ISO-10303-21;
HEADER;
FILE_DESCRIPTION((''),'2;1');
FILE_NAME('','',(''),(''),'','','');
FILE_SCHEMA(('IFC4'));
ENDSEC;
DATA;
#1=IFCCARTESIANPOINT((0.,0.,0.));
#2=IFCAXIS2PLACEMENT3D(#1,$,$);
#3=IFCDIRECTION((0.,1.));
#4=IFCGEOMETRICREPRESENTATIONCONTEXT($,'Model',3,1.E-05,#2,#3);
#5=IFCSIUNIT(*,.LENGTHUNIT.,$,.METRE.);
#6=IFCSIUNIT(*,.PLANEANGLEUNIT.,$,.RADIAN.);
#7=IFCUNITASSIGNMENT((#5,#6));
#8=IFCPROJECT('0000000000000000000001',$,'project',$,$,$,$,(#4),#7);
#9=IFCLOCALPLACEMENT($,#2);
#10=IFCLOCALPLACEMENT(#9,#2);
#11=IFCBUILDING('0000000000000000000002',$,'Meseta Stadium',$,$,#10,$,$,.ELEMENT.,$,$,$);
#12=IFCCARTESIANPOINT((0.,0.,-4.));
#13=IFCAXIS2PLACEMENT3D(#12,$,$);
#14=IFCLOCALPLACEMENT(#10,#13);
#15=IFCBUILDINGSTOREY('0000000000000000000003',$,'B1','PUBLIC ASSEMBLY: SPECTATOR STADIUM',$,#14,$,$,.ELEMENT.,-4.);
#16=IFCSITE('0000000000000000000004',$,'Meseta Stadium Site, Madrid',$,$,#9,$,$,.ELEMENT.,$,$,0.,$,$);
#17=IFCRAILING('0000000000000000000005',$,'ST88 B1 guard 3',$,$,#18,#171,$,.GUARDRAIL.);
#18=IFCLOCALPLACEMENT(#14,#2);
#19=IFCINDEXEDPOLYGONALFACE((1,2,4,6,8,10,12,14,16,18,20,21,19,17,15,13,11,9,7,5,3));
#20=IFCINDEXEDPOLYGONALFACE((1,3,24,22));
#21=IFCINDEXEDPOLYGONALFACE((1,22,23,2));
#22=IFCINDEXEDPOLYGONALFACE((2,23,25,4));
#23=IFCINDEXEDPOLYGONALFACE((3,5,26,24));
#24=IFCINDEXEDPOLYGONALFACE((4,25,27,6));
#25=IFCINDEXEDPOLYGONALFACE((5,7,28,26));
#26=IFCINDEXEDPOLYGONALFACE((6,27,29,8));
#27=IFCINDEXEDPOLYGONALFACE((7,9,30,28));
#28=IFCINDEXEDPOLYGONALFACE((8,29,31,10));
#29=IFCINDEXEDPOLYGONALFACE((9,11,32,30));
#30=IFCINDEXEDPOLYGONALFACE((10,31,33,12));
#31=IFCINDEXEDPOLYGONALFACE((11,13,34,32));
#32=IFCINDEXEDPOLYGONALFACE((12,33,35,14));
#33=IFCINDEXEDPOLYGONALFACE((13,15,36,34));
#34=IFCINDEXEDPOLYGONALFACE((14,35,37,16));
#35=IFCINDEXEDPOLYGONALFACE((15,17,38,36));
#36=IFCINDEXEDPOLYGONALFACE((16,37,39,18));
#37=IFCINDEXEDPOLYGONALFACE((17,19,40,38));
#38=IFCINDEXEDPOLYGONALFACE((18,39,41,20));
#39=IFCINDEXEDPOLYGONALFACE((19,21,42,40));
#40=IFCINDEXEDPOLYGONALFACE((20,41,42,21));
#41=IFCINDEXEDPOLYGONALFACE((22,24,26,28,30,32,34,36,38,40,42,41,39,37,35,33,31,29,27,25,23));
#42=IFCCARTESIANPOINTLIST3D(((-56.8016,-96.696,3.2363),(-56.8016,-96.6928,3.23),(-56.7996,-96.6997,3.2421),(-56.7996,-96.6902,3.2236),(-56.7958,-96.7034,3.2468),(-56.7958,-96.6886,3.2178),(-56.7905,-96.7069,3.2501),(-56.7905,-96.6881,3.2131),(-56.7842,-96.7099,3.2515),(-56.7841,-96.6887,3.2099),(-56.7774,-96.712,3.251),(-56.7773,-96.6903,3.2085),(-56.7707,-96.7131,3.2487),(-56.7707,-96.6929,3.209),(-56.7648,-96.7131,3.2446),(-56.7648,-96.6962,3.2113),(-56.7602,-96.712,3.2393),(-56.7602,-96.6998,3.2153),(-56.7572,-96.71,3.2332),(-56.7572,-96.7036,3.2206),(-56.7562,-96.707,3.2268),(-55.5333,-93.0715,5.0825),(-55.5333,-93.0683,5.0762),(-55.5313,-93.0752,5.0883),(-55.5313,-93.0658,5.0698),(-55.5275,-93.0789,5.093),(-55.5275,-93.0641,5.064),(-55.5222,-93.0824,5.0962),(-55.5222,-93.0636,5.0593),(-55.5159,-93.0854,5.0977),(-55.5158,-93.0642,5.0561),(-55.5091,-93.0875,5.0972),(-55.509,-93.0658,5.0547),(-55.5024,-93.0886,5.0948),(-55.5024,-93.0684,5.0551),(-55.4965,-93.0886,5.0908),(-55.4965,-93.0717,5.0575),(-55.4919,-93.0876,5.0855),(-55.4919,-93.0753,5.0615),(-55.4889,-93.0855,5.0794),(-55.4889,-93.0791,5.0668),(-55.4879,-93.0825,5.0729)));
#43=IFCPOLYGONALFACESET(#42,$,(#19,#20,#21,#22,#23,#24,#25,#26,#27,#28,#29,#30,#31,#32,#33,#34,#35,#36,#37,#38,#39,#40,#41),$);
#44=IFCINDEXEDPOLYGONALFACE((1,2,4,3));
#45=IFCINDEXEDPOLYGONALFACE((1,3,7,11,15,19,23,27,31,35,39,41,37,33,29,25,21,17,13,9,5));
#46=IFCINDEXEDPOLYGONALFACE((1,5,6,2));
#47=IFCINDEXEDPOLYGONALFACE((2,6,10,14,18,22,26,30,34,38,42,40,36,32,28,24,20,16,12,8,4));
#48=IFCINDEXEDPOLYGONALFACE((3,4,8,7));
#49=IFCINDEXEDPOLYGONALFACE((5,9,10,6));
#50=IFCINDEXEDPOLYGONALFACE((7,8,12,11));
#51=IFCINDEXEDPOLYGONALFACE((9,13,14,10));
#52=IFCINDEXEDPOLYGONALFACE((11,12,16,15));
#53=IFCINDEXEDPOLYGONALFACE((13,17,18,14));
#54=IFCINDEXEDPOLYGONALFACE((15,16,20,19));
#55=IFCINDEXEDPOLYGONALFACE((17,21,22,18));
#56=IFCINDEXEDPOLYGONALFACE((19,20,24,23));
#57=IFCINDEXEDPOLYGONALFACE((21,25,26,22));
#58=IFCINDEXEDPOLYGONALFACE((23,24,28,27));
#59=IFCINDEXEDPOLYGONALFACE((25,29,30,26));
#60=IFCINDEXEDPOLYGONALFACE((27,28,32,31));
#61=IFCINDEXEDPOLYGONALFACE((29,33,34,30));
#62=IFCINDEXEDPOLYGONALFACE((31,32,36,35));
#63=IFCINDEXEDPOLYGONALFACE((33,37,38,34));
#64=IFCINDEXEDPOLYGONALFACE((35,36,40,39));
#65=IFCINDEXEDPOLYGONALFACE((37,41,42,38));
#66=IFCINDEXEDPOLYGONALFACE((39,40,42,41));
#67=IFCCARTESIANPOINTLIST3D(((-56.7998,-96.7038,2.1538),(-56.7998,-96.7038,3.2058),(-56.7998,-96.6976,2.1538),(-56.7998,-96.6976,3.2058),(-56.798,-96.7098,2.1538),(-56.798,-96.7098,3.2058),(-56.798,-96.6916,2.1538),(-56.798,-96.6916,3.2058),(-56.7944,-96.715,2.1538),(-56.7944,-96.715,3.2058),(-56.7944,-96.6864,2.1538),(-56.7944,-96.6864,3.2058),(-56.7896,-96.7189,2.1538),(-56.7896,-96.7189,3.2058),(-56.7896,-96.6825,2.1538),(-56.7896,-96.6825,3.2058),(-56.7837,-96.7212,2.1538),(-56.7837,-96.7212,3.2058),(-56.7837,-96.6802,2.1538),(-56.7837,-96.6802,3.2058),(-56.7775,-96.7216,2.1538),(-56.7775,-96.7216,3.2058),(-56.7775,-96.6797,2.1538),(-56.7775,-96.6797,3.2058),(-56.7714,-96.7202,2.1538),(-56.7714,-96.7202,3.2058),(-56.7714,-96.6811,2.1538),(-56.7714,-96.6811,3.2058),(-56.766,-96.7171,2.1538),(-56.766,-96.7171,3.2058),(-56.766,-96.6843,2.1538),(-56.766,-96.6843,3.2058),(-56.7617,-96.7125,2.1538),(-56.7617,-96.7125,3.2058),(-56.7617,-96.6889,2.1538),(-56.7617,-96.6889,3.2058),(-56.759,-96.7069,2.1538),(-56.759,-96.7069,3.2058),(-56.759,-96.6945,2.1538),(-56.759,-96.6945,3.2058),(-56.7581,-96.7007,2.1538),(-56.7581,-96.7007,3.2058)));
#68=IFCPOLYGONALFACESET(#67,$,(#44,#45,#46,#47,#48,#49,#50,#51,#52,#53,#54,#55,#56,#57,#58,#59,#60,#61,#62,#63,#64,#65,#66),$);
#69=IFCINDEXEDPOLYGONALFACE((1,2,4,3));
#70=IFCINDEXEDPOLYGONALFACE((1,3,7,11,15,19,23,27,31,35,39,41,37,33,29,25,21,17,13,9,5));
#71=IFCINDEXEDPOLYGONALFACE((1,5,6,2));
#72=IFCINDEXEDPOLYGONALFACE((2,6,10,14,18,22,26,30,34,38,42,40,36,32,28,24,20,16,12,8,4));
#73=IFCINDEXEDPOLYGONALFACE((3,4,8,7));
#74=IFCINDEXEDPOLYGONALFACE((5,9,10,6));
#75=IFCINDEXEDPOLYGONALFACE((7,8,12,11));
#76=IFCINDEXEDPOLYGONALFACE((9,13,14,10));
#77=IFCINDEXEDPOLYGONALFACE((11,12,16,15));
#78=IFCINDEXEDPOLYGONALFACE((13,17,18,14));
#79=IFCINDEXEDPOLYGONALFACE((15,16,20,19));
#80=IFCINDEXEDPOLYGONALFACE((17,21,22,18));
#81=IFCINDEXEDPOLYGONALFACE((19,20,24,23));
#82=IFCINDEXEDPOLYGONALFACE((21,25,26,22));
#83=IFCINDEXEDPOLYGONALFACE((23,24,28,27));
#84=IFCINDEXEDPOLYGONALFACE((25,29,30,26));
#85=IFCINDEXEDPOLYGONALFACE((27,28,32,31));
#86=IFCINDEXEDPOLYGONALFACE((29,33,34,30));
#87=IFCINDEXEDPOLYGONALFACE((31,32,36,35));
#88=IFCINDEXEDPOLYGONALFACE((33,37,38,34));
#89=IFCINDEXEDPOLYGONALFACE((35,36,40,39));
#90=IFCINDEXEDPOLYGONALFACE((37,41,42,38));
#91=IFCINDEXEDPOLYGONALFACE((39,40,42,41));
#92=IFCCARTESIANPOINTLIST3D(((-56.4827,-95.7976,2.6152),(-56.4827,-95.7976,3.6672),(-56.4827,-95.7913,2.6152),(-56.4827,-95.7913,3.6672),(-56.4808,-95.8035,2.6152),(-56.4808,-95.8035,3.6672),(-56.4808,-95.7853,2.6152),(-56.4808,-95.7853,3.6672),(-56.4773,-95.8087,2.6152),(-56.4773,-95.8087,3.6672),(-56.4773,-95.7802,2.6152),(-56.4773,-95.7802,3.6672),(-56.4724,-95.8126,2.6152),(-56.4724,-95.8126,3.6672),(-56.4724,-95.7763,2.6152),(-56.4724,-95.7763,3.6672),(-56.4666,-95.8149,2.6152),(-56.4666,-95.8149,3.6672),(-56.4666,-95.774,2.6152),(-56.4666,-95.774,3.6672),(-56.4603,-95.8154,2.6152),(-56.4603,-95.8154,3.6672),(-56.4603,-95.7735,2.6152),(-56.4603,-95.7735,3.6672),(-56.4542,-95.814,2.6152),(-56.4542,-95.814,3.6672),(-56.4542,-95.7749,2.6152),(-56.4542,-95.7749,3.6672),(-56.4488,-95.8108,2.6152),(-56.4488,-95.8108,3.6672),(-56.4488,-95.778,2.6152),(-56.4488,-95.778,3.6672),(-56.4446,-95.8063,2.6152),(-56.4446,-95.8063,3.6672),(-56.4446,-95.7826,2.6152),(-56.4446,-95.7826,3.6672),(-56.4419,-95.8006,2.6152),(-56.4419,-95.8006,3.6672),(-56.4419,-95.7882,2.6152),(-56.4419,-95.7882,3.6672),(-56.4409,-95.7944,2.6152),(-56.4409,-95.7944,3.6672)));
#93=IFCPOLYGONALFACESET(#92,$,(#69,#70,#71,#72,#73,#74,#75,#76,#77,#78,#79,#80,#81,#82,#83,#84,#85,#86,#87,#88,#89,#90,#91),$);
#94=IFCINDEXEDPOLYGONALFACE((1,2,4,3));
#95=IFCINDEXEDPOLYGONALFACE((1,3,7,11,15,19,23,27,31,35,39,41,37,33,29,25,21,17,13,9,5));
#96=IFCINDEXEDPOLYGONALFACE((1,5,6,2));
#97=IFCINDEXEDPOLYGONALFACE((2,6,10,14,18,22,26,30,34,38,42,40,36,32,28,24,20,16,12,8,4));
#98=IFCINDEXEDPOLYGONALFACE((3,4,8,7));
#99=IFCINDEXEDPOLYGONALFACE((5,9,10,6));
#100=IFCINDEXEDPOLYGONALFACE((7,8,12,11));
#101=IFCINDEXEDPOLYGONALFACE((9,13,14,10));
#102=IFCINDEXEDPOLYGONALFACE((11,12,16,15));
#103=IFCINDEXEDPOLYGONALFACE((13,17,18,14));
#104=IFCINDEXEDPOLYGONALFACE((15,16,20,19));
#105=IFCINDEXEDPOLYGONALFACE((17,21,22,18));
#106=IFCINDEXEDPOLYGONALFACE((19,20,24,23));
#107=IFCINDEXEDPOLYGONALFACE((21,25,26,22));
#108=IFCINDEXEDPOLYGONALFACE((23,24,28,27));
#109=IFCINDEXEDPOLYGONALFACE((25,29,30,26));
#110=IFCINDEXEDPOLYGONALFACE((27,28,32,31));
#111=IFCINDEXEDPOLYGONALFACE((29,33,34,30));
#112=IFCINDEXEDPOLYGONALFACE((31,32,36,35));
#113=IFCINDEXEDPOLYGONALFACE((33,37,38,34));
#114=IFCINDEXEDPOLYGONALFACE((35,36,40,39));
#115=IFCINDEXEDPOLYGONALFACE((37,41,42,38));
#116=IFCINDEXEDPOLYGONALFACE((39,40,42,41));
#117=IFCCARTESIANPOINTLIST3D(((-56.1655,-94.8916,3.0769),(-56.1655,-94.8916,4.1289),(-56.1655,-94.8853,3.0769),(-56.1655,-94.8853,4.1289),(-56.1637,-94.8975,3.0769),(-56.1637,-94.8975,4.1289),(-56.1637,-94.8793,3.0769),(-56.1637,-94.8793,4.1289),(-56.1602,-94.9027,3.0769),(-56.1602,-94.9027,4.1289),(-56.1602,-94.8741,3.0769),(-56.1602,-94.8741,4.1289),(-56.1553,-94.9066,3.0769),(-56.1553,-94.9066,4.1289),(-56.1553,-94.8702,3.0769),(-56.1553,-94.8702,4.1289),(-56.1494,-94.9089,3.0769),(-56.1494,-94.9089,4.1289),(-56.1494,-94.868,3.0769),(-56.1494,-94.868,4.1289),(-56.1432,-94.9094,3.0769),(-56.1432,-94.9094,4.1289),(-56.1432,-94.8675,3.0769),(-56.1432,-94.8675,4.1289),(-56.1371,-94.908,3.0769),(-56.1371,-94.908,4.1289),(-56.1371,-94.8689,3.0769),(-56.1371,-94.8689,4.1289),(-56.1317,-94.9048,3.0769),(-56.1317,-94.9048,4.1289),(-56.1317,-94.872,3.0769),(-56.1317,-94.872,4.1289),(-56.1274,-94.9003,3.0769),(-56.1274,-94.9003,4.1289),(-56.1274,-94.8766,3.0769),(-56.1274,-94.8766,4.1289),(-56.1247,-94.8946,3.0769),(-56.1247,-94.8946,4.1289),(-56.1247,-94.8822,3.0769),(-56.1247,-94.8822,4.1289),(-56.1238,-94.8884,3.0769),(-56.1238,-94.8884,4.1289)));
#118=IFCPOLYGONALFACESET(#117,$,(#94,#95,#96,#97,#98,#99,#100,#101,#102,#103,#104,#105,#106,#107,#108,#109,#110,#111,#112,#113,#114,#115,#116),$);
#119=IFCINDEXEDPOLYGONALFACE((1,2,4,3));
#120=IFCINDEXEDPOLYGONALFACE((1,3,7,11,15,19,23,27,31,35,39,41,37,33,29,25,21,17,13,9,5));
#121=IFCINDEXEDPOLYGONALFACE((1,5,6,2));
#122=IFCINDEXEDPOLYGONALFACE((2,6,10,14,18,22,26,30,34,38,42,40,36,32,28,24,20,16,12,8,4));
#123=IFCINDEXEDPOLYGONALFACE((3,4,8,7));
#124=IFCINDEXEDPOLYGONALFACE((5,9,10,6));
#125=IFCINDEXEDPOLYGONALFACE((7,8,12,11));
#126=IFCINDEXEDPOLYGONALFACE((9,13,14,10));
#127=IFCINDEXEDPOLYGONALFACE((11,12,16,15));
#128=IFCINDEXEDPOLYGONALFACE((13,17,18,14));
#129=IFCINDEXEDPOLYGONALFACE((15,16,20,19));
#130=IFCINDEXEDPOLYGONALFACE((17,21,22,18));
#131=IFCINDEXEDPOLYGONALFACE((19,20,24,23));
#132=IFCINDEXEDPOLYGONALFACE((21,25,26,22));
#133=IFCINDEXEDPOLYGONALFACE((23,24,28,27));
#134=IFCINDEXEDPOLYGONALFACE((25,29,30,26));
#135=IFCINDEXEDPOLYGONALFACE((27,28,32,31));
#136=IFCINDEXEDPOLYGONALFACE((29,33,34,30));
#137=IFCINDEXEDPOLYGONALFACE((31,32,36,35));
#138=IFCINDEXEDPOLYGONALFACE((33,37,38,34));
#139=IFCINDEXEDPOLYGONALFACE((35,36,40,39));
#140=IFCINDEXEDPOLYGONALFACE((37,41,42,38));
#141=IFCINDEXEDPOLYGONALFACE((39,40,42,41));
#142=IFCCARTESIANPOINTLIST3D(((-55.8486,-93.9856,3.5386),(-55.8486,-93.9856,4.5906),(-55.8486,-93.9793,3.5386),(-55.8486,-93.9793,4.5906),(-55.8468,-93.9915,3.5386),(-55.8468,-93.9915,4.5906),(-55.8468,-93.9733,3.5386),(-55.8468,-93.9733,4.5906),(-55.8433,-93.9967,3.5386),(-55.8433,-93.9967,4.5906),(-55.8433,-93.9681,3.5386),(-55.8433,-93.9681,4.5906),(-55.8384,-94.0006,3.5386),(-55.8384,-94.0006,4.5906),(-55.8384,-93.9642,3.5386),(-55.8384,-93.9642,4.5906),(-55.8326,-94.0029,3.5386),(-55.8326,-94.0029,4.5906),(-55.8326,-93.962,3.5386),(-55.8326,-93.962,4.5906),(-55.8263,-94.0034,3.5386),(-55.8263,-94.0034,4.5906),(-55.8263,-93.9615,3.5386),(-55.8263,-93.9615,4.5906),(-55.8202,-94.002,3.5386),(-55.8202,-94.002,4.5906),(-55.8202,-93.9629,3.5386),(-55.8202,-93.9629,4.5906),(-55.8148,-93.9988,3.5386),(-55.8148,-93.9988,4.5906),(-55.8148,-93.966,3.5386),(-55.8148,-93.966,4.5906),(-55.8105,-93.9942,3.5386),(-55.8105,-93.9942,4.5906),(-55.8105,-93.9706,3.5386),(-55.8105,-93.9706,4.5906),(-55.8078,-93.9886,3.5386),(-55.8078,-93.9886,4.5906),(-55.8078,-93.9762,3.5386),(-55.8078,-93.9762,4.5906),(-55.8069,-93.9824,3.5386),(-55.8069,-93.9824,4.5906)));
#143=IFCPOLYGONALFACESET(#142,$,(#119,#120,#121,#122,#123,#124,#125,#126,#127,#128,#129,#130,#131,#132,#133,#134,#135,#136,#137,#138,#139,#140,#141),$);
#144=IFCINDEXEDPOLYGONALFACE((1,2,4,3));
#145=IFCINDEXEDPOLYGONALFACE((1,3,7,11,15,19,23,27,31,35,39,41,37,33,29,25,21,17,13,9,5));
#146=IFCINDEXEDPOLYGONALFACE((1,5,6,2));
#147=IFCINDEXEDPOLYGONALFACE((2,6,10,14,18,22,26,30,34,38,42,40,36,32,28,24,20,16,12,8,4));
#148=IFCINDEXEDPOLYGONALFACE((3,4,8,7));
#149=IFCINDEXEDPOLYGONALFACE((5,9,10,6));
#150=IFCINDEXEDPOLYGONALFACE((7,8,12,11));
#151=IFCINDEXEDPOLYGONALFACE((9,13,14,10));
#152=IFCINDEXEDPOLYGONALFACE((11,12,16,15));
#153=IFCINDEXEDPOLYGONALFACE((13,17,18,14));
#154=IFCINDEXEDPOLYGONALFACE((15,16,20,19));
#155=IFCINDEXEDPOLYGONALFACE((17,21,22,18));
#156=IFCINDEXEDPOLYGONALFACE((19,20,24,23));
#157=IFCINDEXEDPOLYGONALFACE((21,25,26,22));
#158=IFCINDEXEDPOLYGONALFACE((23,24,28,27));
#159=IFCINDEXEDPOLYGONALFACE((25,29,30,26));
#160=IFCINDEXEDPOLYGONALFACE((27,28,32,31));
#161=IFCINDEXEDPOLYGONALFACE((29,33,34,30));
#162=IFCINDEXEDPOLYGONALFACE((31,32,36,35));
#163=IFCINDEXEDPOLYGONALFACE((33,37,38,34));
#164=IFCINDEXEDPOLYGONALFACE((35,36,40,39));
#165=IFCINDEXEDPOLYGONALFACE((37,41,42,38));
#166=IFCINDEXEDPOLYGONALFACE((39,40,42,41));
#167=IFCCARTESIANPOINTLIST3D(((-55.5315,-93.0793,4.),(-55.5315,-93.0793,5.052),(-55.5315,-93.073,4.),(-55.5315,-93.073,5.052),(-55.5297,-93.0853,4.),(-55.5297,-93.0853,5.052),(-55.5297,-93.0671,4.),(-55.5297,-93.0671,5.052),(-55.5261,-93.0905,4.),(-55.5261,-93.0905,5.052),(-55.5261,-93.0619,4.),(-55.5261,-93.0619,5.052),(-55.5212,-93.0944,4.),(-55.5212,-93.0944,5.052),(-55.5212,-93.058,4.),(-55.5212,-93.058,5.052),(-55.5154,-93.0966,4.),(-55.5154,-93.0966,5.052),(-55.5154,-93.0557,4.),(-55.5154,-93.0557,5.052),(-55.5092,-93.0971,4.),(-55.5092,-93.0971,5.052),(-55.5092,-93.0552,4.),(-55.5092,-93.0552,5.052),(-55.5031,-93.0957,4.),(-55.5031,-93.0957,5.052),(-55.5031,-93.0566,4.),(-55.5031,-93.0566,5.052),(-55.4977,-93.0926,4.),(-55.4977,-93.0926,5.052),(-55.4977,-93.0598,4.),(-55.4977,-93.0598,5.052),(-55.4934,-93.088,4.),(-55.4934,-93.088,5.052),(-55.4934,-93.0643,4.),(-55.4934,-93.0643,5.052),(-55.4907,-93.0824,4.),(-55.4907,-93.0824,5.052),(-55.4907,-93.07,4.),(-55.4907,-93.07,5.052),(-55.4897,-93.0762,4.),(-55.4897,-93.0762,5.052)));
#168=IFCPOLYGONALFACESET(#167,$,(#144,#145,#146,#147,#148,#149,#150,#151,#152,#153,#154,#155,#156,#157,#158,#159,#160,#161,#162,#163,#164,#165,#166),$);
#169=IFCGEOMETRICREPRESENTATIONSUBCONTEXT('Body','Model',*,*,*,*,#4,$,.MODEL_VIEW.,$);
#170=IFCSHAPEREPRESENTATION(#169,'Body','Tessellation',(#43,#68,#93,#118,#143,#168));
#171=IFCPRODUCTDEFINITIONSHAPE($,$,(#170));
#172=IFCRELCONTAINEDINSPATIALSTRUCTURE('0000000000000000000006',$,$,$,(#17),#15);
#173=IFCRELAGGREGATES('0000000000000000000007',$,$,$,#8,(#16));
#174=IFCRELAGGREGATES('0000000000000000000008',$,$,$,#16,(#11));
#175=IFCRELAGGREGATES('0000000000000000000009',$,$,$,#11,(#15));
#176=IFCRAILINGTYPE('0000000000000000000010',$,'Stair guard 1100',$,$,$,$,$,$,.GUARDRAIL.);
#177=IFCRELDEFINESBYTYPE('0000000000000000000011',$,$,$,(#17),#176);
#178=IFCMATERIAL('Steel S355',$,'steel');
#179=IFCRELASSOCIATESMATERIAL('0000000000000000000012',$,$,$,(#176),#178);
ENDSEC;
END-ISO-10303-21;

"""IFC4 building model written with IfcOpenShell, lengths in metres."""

from ifc_helpers import new_model, si_unit, direction, frame, origin, origin_2d, place, context, subcontext, project, spatial, circle, extrude, material, type_object, element, save


model = new_model("IFC4")

# Units and contexts
model_context = context("Model", 3, precision=1e-05, world=origin(), true_north=direction((0.0, 1.0)))
body_context = subcontext(model_context, "Body", "Model", "MODEL_VIEW")
ifc_project = project(units=[si_unit("LENGTHUNIT", "METRE"), si_unit("PLANEANGLEUNIT", "RADIAN")], contexts=[model_context])

# Site, building, storey
site_placement = place(None, origin())
site = spatial("IfcSite", under=ifc_project, at=site_placement, Name="Meseta Stadium Site, Madrid", CompositionType="ELEMENT", RefElevation=0.0)
building_placement = place(site_placement, origin())
building = spatial("IfcBuilding", under=site, at=building_placement, Name="Meseta Stadium", CompositionType="ELEMENT")
storey_placement = place(building_placement, frame((0.0, 0.0, -4.0)))
storey = spatial("IfcBuildingStorey", under=building, at=storey_placement, Name="B1", Description="PUBLIC ASSEMBLY: SPECTATOR STADIUM", CompositionType="ELEMENT", Elevation=-4.0)

# Railing
ifc_material_1 = material(Name="Steel S355", Category="steel")
railing_type_1 = type_object("IfcRailingType", Name="Stair guard 1100", PredefinedType="GUARDRAIL", material=ifc_material_1)
railing_1_placement = place(storey_placement, frame((-56.7791, -96.7007, 2.1538)))
element("IfcRailing", 1, at=railing_1_placement, inside=storey, type_object=railing_type_1, Name="ST88 B1 guard 3", PredefinedType="GUARDRAIL", context=body_context, shape_type="SweptSolid", body=[
    extrude(circle(Radius=0.0239, at=origin_2d()), frame((0.0, 0.0, 1.0762), z_axis=(0.297672, 0.850672, 0.4333), x_axis=(-0.94388, 0.330288, 0.0)), (0.0, 0.0, 1.0), 4.2607),
    extrude(circle(Radius=0.021, at=origin_2d()), origin(), (0.0, 0.0, 1.0), 1.052),
    extrude(circle(Radius=0.021, at=origin_2d()), frame((0.3171, 0.9062, 0.4614)), (0.0, 0.0, 1.0), 1.052),
    extrude(circle(Radius=0.021, at=origin_2d()), frame((0.6343, 1.8123, 0.9231)), (0.0, 0.0, 1.0), 1.052),
    extrude(circle(Radius=0.021, at=origin_2d()), frame((0.9512, 2.7183, 1.3848)), (0.0, 0.0, 1.0), 1.052),
    extrude(circle(Radius=0.021, at=origin_2d()), frame((1.2683, 3.6245, 1.8462)), (0.0, 0.0, 1.0), 1.052),
])

save(model, "model.ifc")
